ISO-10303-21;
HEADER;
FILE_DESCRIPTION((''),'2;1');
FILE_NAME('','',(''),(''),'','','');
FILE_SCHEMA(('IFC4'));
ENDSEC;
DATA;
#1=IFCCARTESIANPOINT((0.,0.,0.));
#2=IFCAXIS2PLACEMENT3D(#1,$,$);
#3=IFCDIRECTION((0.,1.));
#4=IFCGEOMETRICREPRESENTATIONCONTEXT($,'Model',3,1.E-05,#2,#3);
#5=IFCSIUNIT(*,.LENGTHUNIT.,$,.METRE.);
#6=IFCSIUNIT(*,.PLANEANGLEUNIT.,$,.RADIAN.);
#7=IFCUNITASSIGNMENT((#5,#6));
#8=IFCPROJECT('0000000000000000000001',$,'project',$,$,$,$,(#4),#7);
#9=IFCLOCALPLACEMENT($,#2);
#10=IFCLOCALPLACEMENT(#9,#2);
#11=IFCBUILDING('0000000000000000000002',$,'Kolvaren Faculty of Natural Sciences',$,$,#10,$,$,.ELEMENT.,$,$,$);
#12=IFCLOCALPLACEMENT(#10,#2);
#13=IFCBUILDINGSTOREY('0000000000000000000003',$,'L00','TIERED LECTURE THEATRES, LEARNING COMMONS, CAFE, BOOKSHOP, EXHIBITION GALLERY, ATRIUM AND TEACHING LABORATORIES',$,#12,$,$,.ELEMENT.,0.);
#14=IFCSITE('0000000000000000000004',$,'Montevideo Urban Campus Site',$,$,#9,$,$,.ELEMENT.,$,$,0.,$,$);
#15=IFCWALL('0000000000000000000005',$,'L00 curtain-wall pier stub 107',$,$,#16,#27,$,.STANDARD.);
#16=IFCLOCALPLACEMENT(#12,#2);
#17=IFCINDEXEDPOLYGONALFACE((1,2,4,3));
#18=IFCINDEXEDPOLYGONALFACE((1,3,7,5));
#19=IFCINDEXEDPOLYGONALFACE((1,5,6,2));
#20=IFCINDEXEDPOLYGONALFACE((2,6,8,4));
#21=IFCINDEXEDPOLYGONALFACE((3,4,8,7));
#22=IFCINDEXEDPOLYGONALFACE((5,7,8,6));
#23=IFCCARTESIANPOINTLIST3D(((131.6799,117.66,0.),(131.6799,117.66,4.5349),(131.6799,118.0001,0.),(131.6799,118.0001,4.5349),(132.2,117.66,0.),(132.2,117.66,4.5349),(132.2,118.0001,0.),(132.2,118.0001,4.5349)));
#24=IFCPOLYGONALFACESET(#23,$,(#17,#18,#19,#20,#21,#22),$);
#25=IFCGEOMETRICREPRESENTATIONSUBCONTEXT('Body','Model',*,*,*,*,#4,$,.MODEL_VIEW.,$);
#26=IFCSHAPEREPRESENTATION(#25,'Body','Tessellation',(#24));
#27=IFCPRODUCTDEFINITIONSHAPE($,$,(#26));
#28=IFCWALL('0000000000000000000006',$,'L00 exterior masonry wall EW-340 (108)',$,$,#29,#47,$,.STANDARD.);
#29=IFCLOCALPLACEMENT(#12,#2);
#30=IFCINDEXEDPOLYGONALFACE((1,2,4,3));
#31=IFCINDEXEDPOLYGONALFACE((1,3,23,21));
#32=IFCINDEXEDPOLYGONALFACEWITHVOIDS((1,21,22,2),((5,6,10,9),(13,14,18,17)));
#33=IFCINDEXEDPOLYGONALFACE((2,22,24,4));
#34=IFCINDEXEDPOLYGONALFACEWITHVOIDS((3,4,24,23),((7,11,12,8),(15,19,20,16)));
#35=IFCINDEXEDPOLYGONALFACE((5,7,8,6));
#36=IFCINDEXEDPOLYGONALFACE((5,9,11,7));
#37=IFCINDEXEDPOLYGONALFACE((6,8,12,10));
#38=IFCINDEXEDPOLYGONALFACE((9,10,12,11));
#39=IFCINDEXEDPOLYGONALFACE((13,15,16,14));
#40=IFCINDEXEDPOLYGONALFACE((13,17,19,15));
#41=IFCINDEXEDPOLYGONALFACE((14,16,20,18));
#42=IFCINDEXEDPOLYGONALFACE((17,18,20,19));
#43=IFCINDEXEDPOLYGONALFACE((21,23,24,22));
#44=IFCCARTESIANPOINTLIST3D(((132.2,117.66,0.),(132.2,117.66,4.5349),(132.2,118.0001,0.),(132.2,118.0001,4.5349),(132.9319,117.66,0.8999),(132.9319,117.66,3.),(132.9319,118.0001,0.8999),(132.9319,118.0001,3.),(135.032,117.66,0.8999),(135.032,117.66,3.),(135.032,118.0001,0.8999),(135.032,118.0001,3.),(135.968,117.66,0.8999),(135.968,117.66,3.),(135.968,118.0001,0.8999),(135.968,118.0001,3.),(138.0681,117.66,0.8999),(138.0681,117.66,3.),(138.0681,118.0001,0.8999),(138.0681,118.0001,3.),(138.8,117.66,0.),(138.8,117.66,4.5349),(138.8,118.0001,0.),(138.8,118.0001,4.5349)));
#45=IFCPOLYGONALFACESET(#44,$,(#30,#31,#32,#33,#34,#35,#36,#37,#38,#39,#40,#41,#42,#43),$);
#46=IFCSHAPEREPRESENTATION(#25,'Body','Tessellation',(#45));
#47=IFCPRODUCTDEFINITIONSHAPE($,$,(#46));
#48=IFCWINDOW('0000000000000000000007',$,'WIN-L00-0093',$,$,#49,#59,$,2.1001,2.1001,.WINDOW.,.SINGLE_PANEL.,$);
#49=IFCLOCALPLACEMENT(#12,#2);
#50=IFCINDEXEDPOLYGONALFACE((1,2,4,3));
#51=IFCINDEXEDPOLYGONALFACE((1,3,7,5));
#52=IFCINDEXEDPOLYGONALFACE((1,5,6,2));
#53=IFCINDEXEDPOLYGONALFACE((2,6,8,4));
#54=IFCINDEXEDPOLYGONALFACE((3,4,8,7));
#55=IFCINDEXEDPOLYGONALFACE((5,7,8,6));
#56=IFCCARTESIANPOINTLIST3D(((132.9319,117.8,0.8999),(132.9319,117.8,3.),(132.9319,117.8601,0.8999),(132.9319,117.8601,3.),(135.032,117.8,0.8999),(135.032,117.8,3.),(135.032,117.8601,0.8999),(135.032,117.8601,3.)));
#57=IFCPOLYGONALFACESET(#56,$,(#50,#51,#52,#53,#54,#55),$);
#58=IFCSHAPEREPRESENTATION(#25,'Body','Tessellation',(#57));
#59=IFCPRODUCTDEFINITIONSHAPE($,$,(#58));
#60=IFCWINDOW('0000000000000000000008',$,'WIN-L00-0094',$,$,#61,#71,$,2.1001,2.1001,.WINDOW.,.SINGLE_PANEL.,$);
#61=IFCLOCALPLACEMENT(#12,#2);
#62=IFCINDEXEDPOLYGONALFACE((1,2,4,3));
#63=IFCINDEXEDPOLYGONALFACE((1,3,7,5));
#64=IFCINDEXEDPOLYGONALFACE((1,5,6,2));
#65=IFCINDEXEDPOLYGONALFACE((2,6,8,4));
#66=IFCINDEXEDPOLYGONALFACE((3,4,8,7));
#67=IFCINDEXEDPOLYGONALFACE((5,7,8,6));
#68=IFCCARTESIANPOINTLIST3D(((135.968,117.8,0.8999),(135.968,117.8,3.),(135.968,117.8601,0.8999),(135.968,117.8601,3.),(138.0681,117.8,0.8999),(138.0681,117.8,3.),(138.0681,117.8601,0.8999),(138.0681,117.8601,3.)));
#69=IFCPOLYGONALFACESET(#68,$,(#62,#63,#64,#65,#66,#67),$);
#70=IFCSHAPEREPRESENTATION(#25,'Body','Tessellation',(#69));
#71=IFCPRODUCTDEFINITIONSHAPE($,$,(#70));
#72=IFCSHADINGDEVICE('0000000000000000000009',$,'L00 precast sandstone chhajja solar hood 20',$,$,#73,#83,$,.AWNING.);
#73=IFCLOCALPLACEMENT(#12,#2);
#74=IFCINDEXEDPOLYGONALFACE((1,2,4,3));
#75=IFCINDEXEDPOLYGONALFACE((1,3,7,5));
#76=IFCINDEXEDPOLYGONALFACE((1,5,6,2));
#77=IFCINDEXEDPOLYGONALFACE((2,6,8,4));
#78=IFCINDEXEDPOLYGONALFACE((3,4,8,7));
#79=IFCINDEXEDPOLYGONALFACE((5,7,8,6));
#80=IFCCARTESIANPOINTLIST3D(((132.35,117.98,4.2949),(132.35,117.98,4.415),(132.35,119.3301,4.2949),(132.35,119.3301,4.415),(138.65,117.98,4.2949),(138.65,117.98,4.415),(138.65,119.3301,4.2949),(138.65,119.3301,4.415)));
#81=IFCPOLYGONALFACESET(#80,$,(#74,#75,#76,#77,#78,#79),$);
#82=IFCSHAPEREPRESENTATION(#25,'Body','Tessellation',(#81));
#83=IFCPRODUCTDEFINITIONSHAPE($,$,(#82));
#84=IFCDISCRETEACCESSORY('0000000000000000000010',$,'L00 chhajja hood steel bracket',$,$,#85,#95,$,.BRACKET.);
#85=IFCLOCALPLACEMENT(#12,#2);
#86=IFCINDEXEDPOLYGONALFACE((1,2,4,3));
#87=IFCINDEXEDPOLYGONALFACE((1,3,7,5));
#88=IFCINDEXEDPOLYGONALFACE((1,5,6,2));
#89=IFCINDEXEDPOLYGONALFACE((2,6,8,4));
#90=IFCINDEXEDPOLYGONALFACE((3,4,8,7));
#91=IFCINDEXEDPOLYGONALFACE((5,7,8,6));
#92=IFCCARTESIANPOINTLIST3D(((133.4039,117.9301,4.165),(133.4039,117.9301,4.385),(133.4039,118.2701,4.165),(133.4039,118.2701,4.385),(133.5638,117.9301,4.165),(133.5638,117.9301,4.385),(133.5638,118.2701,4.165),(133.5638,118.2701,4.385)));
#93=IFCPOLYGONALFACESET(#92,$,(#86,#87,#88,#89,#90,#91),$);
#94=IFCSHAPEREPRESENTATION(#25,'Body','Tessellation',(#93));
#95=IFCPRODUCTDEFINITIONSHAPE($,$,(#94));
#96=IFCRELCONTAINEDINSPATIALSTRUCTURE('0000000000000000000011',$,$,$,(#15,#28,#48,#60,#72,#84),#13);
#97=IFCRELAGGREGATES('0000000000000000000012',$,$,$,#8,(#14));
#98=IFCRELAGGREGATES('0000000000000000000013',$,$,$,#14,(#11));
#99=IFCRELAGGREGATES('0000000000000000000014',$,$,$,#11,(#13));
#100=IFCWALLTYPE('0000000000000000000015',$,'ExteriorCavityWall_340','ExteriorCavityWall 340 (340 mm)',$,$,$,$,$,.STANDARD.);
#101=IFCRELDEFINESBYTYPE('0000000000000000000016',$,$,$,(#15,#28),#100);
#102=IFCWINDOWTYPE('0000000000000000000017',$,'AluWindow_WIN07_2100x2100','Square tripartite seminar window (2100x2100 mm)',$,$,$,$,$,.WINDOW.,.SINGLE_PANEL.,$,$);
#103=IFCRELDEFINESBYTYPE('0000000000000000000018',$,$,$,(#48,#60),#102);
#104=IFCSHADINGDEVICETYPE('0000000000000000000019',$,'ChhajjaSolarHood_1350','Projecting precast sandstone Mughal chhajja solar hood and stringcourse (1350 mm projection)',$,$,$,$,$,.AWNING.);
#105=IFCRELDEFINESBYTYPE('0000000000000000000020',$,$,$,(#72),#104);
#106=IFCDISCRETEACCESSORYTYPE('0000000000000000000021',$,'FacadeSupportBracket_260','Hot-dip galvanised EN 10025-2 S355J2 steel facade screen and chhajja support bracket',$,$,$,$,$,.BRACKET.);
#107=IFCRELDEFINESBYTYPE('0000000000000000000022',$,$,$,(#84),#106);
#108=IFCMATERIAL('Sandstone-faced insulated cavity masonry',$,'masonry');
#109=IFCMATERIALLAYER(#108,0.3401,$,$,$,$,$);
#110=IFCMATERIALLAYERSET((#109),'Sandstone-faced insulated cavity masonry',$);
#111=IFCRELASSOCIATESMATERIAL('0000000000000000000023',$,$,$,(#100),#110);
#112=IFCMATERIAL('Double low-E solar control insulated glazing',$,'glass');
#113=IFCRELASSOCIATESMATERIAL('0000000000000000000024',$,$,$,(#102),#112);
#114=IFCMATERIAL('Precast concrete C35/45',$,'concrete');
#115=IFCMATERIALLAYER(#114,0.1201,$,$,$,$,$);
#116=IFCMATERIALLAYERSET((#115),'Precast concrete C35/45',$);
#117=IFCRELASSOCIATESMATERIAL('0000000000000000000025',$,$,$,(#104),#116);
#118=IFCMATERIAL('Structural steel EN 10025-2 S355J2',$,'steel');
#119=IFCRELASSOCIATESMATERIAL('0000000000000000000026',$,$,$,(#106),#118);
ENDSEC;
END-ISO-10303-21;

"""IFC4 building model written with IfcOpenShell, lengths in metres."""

from ifc_helpers import new_model, si_unit, direction, frame, frame_2d, origin, origin_2d, place, context, subcontext, project, spatial, rectangle, extrude, material, layer, layer_set, type_object, element, fill, save


model = new_model("IFC4")

# Units and contexts
model_context = context("Model", 3, precision=1e-05, world=origin(), true_north=direction((0.0, 1.0)))
body_context = subcontext(model_context, "Body", "Model", "MODEL_VIEW")
ifc_project = project(units=[si_unit("LENGTHUNIT", "METRE"), si_unit("PLANEANGLEUNIT", "RADIAN")], contexts=[model_context])

# Site, building, storey
site_placement = place(None, origin())
site = spatial("IfcSite", under=ifc_project, at=site_placement, Name="Montevideo Urban Campus Site", CompositionType="ELEMENT", RefElevation=0.0)
building_placement = place(site_placement, origin())
building = spatial("IfcBuilding", under=site, at=building_placement, Name="Kolvaren Faculty of Natural Sciences", CompositionType="ELEMENT")
storey_placement = place(building_placement, origin())
storey = spatial("IfcBuildingStorey", under=building, at=storey_placement, Name="L00", Description="TIERED LECTURE THEATRES, LEARNING COMMONS, CAFE, BOOKSHOP, EXHIBITION GALLERY, ATRIUM AND TEACHING LABORATORIES", CompositionType="ELEMENT", Elevation=0.0)

# Shared definitions
ifc_material_1 = material(Name="Double low-E solar control insulated glazing", Category="glass")

# Wall
ifc_material_2 = material(Name="Sandstone-faced insulated cavity masonry", Category="masonry")
ifc_layer_1 = layer(ifc_material_2, 0.3401)
ifc_layer_set_1 = layer_set([ifc_layer_1], Name="Sandstone-faced insulated cavity masonry")
wall_type = type_object("IfcWallType", Name="ExteriorCavityWall_340", Description="ExteriorCavityWall 340 (340 mm)", PredefinedType="STANDARD", material=ifc_layer_set_1)
wall_1_placement = place(storey_placement, frame((131.6799, 117.8301, 0.0), z_axis=(0.0, 0.0, 1.0), x_axis=(1.0, 0.0, 0.0)))
element("IfcWall", 1, at=wall_1_placement, inside=storey, type_object=wall_type, Name="L00 curtain-wall pier stub 107", PredefinedType="STANDARD", context=body_context, shape_type="SweptSolid", body=[
    extrude(rectangle(XDim=0.52, YDim=0.3401, at=frame_2d((0.26, 0.0))), origin(), (0.0, 0.0, 1.0), 4.5349),
])

# Wall, openings, windows
wall_2_placement = place(storey_placement, frame((132.2, 117.8301, 0.0), z_axis=(0.0, 0.0, 1.0), x_axis=(1.0, 0.0, 0.0)))
wall_2 = element("IfcWall", 2, at=wall_2_placement, inside=storey, type_object=wall_type, Name="L00 exterior masonry wall EW-340 (108)", PredefinedType="STANDARD", context=body_context, shape_type="SweptSolid", body=[
    extrude(rectangle(XDim=6.6001, YDim=0.3401, at=frame_2d((3.3, 0.0))), origin(), (0.0, 0.0, 1.0), 4.5349),
])
opening_1_placement = place(wall_2_placement, frame((0.7319, 0.0, 0.8999)))
opening_1 = element("IfcOpeningElement", 3, at=opening_1_placement, cuts=wall_2, PredefinedType="OPENING", context=body_context, shape_type="SweptSolid", body=[
    extrude(rectangle(XDim=2.1001, YDim=2.1001, at=frame_2d((1.05, 1.05))), frame((0.0, 0.1799, 0.0), z_axis=(0.0, -1.0, 0.0), x_axis=(1.0, 0.0, 0.0)), (0.0, 0.0, 1.0), 0.3601),
])
opening_2_placement = place(wall_2_placement, frame((3.7681, 0.0, 0.8999)))
opening_2 = element("IfcOpeningElement", 4, at=opening_2_placement, cuts=wall_2, PredefinedType="OPENING", context=body_context, shape_type="SweptSolid", body=[
    extrude(rectangle(XDim=2.1001, YDim=2.1001, at=frame_2d((1.05, 1.05))), frame((0.0, 0.1799, 0.0), z_axis=(0.0, -1.0, 0.0), x_axis=(1.0, 0.0, 0.0)), (0.0, 0.0, 1.0), 0.3601),
])
window_type = type_object("IfcWindowType", Name="AluWindow_WIN07_2100x2100", Description="Square tripartite seminar window (2100x2100 mm)", PartitioningType="SINGLE_PANEL", PredefinedType="WINDOW", material=ifc_material_1)
window_1_placement = place(opening_1_placement, origin())
window_1 = element("IfcWindow", 5, at=window_1_placement, inside=storey, type_object=window_type, Name="WIN-L00-0093", OverallHeight=2.1001, OverallWidth=2.1001, PartitioningType="SINGLE_PANEL", PredefinedType="WINDOW", context=body_context, shape_type="SweptSolid", body=[
    extrude(rectangle(XDim=2.1001, YDim=2.1001, at=frame_2d((1.05, 1.05))), frame((0.0, 0.03, 0.0), z_axis=(0.0, -1.0, 0.0), x_axis=(1.0, 0.0, 0.0)), (0.0, 0.0, 1.0), 0.0601),
])
fill(opening_1, window_1)
window_2_placement = place(opening_2_placement, origin())
window_2 = element("IfcWindow", 6, at=window_2_placement, inside=storey, type_object=window_type, Name="WIN-L00-0094", OverallHeight=2.1001, OverallWidth=2.1001, PartitioningType="SINGLE_PANEL", PredefinedType="WINDOW", context=body_context, shape_type="SweptSolid", body=[
    extrude(rectangle(XDim=2.1001, YDim=2.1001, at=frame_2d((1.05, 1.05))), frame((0.0, 0.03, 0.0), z_axis=(0.0, -1.0, 0.0), x_axis=(1.0, 0.0, 0.0)), (0.0, 0.0, 1.0), 0.0601),
])
fill(opening_2, window_2)

# Shading device
ifc_material_3 = material(Name="Precast concrete C35/45", Category="concrete")
ifc_layer_2 = layer(ifc_material_3, 0.1201)
ifc_layer_set_2 = layer_set([ifc_layer_2], Name="Precast concrete C35/45")
shading_device_type = type_object("IfcShadingDeviceType", Name="ChhajjaSolarHood_1350", Description="Projecting precast sandstone Mughal chhajja solar hood and stringcourse (1350 mm projection)", PredefinedType="AWNING", material=ifc_layer_set_2)
shading_device_placement = place(storey_placement, frame((135.5, 118.655, 4.2949), z_axis=(0.0, 0.0, 1.0), x_axis=(1.0, 0.0, 0.0)))
element("IfcShadingDevice", 7, at=shading_device_placement, inside=storey, type_object=shading_device_type, Name="L00 precast sandstone chhajja solar hood 20", PredefinedType="AWNING", context=body_context, shape_type="SweptSolid", body=[
    extrude(rectangle(XDim=6.3, YDim=1.3501, at=origin_2d()), origin(), (0.0, 0.0, 1.0), 0.1201),
])

# Discrete accessory
ifc_material_4 = material(Name="Structural steel EN 10025-2 S355J2", Category="steel")
discrete_accessory_type = type_object("IfcDiscreteAccessoryType", Name="FacadeSupportBracket_260", Description="Hot-dip galvanised EN 10025-2 S355J2 steel facade screen and chhajja support bracket", PredefinedType="BRACKET", material=ifc_material_4)
discrete_accessory_placement = place(storey_placement, frame((133.4839, 118.1001, 4.165), z_axis=(0.0, 0.0, 1.0), x_axis=(1.0, 0.0, 0.0)))
element("IfcDiscreteAccessory", 8, at=discrete_accessory_placement, inside=storey, type_object=discrete_accessory_type, Name="L00 chhajja hood steel bracket", PredefinedType="BRACKET", context=body_context, shape_type="SweptSolid", body=[
    extrude(rectangle(XDim=0.1599, YDim=0.3401, at=origin_2d()), origin(), (0.0, 0.0, 1.0), 0.22),
])

save(model, "model.ifc")
